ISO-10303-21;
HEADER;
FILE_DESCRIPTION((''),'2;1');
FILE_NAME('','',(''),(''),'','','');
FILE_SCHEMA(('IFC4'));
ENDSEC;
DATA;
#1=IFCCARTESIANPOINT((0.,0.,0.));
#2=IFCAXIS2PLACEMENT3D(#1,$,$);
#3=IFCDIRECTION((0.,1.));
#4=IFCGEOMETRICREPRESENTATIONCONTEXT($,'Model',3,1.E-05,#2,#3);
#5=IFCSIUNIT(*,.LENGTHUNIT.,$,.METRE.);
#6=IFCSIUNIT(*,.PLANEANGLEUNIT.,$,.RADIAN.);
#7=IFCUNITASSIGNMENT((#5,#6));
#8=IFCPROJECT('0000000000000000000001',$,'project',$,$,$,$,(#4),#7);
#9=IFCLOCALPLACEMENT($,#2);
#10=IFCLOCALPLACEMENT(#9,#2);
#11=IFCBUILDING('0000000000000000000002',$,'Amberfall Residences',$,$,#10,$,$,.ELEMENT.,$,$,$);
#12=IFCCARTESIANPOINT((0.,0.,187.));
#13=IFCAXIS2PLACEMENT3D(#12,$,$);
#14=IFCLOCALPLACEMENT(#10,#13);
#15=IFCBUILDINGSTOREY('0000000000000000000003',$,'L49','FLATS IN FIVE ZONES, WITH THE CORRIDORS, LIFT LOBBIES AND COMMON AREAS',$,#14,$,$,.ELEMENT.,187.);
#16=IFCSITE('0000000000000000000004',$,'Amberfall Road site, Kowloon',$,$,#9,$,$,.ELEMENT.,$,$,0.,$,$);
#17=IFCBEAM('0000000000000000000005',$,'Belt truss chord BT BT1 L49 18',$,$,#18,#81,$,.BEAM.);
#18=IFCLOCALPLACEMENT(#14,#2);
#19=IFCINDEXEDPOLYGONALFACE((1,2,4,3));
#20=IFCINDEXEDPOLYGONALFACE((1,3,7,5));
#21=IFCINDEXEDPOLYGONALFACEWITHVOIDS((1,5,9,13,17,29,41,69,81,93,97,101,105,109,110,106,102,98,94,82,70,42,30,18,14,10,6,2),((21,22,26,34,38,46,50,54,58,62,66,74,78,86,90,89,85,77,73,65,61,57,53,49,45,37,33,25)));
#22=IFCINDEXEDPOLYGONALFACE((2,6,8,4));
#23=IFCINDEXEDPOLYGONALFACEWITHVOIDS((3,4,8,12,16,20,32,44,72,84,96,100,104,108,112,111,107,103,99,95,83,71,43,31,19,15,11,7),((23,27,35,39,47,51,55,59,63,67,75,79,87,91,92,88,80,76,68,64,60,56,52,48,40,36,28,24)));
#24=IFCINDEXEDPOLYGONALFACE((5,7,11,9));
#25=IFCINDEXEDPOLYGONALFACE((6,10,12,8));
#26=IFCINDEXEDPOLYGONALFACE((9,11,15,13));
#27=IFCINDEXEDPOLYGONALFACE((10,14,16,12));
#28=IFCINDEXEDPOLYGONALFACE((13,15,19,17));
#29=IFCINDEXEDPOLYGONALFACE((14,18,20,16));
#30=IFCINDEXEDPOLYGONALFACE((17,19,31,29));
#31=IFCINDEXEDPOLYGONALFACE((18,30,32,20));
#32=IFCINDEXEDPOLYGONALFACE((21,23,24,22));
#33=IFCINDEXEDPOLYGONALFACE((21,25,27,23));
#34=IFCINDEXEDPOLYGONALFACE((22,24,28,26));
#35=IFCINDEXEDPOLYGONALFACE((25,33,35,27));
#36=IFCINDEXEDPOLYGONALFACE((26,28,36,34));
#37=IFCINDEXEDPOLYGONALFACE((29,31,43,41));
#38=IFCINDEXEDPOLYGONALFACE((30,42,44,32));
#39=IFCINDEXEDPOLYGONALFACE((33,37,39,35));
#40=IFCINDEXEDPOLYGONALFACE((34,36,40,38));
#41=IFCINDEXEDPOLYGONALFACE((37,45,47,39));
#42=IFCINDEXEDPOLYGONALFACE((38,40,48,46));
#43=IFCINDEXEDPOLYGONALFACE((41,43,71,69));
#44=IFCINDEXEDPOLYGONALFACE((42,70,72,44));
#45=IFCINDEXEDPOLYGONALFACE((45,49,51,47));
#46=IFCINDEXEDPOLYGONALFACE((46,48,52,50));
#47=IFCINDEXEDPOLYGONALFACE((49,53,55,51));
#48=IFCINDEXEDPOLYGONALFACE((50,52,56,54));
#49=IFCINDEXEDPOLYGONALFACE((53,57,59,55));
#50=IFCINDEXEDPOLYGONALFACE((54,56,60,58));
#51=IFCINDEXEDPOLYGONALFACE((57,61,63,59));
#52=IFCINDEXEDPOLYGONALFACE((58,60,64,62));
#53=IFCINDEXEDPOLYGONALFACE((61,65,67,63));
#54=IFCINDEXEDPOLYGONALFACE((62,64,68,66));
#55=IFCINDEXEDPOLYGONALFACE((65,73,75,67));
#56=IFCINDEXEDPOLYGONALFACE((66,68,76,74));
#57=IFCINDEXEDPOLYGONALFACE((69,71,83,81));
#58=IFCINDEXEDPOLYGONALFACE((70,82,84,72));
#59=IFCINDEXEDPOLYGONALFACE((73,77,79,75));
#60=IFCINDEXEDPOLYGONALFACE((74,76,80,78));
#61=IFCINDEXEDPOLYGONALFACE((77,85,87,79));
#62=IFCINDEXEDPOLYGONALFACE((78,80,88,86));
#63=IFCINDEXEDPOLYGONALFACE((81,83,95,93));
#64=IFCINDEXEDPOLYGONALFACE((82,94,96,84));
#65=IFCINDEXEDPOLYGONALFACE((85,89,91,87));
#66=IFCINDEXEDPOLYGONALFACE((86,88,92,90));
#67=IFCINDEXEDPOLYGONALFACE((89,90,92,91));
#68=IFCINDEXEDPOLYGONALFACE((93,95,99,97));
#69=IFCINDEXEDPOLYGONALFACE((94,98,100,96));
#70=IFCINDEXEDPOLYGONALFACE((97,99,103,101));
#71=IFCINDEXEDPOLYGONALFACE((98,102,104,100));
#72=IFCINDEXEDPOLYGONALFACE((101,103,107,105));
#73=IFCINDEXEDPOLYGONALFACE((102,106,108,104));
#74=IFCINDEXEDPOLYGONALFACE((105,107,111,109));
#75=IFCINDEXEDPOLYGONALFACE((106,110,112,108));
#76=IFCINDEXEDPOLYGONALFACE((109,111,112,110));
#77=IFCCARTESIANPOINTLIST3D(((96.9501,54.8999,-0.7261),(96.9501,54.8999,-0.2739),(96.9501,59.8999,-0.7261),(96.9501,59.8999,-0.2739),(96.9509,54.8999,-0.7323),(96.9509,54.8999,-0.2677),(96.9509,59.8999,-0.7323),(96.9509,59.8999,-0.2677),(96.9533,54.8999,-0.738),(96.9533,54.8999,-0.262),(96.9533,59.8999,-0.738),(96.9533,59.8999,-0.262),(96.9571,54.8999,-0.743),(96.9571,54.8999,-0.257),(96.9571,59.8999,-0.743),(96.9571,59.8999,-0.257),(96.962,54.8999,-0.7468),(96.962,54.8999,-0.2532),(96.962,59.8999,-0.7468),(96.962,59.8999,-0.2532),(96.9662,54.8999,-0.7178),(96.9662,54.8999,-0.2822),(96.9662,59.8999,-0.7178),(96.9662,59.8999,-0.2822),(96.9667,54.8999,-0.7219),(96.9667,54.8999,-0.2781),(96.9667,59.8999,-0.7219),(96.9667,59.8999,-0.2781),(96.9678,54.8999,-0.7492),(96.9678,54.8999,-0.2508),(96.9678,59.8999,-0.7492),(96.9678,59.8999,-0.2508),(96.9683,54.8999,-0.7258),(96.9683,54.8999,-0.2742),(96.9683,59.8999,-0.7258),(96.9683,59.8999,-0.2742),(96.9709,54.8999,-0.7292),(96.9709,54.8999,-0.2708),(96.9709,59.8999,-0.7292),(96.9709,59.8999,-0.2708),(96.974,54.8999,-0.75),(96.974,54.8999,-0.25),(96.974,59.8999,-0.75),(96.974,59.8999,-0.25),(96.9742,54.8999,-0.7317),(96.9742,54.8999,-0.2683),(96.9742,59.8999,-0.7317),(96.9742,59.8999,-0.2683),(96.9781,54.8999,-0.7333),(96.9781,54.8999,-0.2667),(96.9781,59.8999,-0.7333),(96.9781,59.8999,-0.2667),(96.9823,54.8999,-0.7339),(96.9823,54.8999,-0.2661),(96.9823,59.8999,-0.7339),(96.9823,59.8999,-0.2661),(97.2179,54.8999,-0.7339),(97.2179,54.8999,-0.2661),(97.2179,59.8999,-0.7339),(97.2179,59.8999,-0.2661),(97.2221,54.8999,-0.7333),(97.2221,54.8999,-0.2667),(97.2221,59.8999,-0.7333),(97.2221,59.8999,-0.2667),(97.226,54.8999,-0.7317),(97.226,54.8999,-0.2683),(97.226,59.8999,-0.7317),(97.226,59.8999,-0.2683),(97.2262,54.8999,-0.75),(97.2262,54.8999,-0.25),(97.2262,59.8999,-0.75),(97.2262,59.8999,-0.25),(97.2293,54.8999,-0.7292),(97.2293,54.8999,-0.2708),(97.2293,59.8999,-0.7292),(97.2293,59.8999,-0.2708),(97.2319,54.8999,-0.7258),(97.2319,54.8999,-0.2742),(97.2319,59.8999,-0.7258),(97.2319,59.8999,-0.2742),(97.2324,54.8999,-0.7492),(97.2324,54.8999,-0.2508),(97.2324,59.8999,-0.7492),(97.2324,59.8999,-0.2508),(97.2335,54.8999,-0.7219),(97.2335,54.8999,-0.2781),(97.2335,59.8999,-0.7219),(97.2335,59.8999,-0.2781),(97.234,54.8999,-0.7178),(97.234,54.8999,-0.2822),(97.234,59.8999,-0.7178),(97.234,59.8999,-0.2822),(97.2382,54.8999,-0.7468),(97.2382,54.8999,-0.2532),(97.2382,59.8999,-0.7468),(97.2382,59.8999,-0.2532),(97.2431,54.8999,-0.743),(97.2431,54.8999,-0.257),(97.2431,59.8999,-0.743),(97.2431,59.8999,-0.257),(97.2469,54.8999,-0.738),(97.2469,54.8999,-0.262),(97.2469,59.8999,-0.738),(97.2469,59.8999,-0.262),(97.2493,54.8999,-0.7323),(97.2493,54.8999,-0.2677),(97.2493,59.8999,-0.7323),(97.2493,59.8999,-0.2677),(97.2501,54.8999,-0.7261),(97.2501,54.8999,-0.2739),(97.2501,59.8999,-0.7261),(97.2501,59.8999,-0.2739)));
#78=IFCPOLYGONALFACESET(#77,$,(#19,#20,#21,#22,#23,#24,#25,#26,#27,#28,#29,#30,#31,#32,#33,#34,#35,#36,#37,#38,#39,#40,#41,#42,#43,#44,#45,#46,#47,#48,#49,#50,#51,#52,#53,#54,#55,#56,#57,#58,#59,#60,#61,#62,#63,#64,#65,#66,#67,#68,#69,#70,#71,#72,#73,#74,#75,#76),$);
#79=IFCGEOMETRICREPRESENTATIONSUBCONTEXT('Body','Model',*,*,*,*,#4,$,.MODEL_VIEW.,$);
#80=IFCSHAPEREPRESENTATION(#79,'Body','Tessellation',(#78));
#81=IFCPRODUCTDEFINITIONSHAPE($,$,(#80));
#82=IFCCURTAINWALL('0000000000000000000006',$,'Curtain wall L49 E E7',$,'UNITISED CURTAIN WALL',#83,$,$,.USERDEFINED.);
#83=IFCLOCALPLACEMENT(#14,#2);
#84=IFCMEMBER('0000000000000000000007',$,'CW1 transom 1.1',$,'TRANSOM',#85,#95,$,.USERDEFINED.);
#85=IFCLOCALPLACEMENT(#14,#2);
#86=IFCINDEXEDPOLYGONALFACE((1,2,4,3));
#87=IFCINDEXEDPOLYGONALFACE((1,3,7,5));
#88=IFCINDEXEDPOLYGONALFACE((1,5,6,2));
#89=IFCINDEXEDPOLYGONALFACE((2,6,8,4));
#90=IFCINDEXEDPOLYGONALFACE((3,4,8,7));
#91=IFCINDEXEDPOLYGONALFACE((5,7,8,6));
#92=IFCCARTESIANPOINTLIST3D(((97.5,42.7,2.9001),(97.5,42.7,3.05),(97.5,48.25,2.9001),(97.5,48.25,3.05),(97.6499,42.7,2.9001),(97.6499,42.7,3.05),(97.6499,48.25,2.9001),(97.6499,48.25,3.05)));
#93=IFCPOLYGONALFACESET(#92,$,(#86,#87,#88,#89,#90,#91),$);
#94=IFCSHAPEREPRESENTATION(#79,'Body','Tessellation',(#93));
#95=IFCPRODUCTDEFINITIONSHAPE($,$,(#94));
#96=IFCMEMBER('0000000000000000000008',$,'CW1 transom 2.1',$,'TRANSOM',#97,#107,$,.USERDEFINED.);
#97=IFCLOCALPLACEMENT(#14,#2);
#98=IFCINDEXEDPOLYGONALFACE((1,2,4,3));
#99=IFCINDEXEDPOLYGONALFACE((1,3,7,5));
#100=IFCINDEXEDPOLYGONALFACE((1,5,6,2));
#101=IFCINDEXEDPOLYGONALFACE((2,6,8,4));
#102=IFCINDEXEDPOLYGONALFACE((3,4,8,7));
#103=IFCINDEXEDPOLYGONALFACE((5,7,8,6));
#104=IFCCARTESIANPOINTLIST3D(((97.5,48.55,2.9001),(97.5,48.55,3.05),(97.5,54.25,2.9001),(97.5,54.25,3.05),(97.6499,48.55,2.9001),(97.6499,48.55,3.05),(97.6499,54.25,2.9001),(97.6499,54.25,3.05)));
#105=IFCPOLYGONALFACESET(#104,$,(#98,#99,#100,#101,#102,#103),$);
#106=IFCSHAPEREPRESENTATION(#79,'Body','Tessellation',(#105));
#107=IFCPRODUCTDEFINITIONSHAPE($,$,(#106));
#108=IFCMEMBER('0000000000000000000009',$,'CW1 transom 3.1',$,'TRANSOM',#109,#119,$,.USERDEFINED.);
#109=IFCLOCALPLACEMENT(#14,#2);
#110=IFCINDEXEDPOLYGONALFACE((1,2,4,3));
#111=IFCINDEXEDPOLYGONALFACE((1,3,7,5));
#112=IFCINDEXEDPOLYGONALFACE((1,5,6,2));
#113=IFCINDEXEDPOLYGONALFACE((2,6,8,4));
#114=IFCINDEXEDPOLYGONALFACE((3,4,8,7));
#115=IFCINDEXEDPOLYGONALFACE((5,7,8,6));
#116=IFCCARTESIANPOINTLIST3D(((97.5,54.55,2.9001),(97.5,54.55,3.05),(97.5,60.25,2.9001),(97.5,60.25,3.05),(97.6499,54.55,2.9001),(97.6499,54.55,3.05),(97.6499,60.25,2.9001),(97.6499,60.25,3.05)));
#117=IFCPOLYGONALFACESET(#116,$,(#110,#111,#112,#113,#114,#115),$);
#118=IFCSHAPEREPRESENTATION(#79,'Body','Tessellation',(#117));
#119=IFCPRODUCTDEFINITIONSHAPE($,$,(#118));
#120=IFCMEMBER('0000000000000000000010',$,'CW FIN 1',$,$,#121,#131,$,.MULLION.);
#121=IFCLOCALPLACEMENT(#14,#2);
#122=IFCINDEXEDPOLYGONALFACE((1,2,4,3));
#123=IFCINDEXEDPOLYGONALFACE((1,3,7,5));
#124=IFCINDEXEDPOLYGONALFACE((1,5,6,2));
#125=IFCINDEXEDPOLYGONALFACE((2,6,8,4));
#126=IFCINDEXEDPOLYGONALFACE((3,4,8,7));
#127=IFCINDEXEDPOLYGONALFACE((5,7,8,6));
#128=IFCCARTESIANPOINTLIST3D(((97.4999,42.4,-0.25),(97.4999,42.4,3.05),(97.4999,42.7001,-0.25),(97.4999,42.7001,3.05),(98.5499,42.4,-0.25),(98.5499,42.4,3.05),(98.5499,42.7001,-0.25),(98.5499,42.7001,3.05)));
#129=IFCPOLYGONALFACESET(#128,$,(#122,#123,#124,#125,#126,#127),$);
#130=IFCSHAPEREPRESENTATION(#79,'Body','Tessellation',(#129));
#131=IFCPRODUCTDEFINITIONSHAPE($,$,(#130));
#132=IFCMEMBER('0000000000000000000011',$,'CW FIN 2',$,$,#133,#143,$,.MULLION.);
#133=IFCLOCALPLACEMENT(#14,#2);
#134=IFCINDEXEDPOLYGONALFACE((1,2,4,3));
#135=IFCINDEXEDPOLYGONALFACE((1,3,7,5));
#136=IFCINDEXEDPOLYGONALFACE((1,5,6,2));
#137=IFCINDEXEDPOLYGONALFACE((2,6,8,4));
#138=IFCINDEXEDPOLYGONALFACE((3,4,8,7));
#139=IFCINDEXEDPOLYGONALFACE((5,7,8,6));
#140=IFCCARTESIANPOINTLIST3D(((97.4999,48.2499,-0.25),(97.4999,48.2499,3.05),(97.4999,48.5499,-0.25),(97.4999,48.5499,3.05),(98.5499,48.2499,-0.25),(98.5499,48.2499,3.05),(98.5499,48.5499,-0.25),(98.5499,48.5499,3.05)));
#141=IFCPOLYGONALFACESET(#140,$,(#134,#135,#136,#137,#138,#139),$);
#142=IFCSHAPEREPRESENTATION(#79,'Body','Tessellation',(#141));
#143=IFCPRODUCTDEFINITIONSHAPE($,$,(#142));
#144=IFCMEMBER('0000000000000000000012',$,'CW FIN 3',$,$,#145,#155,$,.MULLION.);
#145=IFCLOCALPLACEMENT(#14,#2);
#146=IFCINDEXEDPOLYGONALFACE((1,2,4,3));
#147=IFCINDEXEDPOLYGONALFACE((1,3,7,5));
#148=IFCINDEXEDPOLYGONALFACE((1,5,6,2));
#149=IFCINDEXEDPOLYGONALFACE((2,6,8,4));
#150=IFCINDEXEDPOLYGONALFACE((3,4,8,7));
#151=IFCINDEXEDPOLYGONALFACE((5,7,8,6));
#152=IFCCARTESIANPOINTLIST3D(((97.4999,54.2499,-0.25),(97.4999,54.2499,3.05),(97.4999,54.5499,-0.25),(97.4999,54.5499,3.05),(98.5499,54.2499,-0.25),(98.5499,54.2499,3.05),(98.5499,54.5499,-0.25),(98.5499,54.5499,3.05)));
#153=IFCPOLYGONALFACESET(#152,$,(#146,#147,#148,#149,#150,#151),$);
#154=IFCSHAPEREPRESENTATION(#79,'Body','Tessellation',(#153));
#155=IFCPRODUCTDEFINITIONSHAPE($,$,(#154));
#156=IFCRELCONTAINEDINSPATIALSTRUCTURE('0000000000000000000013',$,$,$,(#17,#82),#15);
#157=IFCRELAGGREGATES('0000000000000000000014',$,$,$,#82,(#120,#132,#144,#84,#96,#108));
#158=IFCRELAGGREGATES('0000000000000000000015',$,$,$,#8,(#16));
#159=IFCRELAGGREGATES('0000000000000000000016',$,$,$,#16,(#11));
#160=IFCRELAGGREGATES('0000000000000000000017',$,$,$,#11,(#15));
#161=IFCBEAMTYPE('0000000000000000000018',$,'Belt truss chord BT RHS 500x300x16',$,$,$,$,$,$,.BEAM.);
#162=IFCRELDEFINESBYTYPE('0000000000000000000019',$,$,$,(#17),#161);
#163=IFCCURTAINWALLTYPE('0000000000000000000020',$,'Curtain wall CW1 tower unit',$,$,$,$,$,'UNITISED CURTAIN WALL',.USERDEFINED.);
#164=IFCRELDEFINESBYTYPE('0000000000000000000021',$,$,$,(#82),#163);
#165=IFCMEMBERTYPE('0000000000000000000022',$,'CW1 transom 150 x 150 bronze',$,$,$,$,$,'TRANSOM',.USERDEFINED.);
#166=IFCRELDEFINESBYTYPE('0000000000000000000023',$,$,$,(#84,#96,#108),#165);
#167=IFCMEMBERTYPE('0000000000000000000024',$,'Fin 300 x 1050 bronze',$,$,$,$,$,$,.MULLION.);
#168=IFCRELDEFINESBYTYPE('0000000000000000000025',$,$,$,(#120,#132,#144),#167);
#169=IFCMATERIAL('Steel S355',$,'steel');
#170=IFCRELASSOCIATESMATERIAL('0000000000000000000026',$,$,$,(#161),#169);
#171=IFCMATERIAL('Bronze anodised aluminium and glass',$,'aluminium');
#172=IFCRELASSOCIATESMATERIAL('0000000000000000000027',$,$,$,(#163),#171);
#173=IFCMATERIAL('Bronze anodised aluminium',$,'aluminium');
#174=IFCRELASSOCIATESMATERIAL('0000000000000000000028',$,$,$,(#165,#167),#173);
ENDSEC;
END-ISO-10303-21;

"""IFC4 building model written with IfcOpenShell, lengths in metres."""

from ifc_helpers import new_model, si_unit, direction, frame, origin, origin_2d, place, context, subcontext, project, spatial, rectangle, hollow_rectangle, extrude, material, material_profile, profile_set, type_object, element, aggregate, save


model = new_model("IFC4")

# Units and contexts
model_context = context("Model", 3, precision=1e-05, world=origin(), true_north=direction((0.0, 1.0)))
body_context = subcontext(model_context, "Body", "Model", "MODEL_VIEW")
ifc_project = project(units=[si_unit("LENGTHUNIT", "METRE"), si_unit("PLANEANGLEUNIT", "RADIAN")], contexts=[model_context])

# Site, building, storey
site_placement = place(None, origin())
site = spatial("IfcSite", under=ifc_project, at=site_placement, Name="Amberfall Road site, Kowloon", CompositionType="ELEMENT", RefElevation=0.0)
building_placement = place(site_placement, origin())
building = spatial("IfcBuilding", under=site, at=building_placement, Name="Amberfall Residences", CompositionType="ELEMENT")
storey_placement = place(building_placement, frame((0.0, 0.0, 187.0)))
storey = spatial("IfcBuildingStorey", under=building, at=storey_placement, Name="L49", Description="FLATS IN FIVE ZONES, WITH THE CORRIDORS, LIFT LOBBIES AND COMMON AREAS", CompositionType="ELEMENT", Elevation=187.0)

# Beam
ifc_material_1 = material(Name="Steel S355", Category="steel")
ifc_material_profile_1 = material_profile(ifc_material_1, hollow_rectangle(XDim=0.3, YDim=0.5, WallThickness=0.0161, InnerFilletRadius=0.0161, OuterFilletRadius=0.0239, at=origin_2d()), Name="RHS 500x300x16")
ifc_profile_set_1 = profile_set([ifc_material_profile_1], Name="Steel S355")
beam_type_1 = type_object("IfcBeamType", Name="Belt truss chord BT RHS 500x300x16", PredefinedType="BEAM", material=ifc_profile_set_1)
for number, where, z_axis, x_axis, name in (
    (1, (97.1001, 54.8999, -0.5), (0.0, 1.0, 0.0), (-1.0, 0.0, 0.0), "Belt truss chord BT BT1 L49 18"),
):
    element("IfcBeam", number, at=place(storey_placement, frame(where, z_axis=z_axis, x_axis=x_axis)), inside=storey, type_object=beam_type_1, Name=name, PredefinedType="BEAM", context=body_context, shape_type="SweptSolid", body=[
        extrude(hollow_rectangle(XDim=0.3, YDim=0.5, WallThickness=0.0161, InnerFilletRadius=0.0161, OuterFilletRadius=0.0239, at=origin_2d()), origin(), (0.0, 0.0, 1.0), 5.0),
    ])

# Curtain wall, members
ifc_material_2 = material(Name="Bronze anodised aluminium and glass", Category="aluminium")
curtain_wall_type = type_object("IfcCurtainWallType", Name="Curtain wall CW1 tower unit", ElementType="UNITISED CURTAIN WALL", PredefinedType="USERDEFINED", material=ifc_material_2)
curtain_wall_placement = place(storey_placement, origin())
curtain_wall = element("IfcCurtainWall", 2, at=curtain_wall_placement, inside=storey, type_object=curtain_wall_type, Name="Curtain wall L49 E E7", ObjectType="UNITISED CURTAIN WALL", PredefinedType="USERDEFINED")
ifc_material_3 = material(Name="Bronze anodised aluminium", Category="aluminium")
ifc_material_profile_2 = material_profile(ifc_material_3, rectangle(XDim=0.1499, YDim=0.1499, at=origin_2d()), Name="CW1 transom 150 x 150 bronze")
ifc_profile_set_2 = profile_set([ifc_material_profile_2], Name="Bronze anodised aluminium")
member_type_1 = type_object("IfcMemberType", Name="CW1 transom 150 x 150 bronze", ElementType="TRANSOM", PredefinedType="USERDEFINED", material=ifc_profile_set_2)
member_1_placement = place(storey_placement, frame((97.575, 42.7, 2.9751), z_axis=(0.0, 1.0, 0.0), x_axis=(-1.0, 0.0, 0.0)))
member_1 = element("IfcMember", 3, at=member_1_placement, type_object=member_type_1, Name="CW1 transom 1.1", ObjectType="TRANSOM", PredefinedType="USERDEFINED", context=body_context, shape_type="SweptSolid", body=[
    extrude(rectangle(XDim=0.1499, YDim=0.1499, at=origin_2d()), origin(), (0.0, 0.0, 1.0), 5.55),
])
member_2_placement = place(storey_placement, frame((97.575, 48.55, 2.9751), z_axis=(0.0, 1.0, 0.0), x_axis=(-1.0, 0.0, 0.0)))
member_2 = element("IfcMember", 4, at=member_2_placement, type_object=member_type_1, Name="CW1 transom 2.1", ObjectType="TRANSOM", PredefinedType="USERDEFINED", context=body_context, shape_type="SweptSolid", body=[
    extrude(rectangle(XDim=0.1499, YDim=0.1499, at=origin_2d()), origin(), (0.0, 0.0, 1.0), 5.7),
])
member_3_placement = place(storey_placement, frame((97.575, 54.55, 2.9751), z_axis=(0.0, 1.0, 0.0), x_axis=(-1.0, 0.0, 0.0)))
member_3 = element("IfcMember", 5, at=member_3_placement, type_object=member_type_1, Name="CW1 transom 3.1", ObjectType="TRANSOM", PredefinedType="USERDEFINED", context=body_context, shape_type="SweptSolid", body=[
    extrude(rectangle(XDim=0.1499, YDim=0.1499, at=origin_2d()), origin(), (0.0, 0.0, 1.0), 5.7),
])
ifc_material_profile_3 = material_profile(ifc_material_3, rectangle(XDim=1.05, YDim=0.3, at=origin_2d()), Name="Fin 300 x 1050 bronze")
ifc_profile_set_3 = profile_set([ifc_material_profile_3], Name="Bronze anodised aluminium")
member_type_2 = type_object("IfcMemberType", Name="Fin 300 x 1050 bronze", PredefinedType="MULLION", material=ifc_profile_set_3)
member_4_placement = place(storey_placement, frame((98.0249, 42.55, -0.25), z_axis=(0.0, 0.0, 1.0), x_axis=(-1.0, 0.0, 0.0)))
member_4 = element("IfcMember", 6, at=member_4_placement, type_object=member_type_2, Name="CW FIN 1", PredefinedType="MULLION", context=body_context, shape_type="SweptSolid", body=[
    extrude(rectangle(XDim=1.05, YDim=0.3, at=origin_2d()), origin(), (0.0, 0.0, 1.0), 3.3),
])
member_5_placement = place(storey_placement, frame((98.0249, 48.3999, -0.25), z_axis=(0.0, 0.0, 1.0), x_axis=(-1.0, 0.0, 0.0)))
member_5 = element("IfcMember", 7, at=member_5_placement, type_object=member_type_2, Name="CW FIN 2", PredefinedType="MULLION", context=body_context, shape_type="SweptSolid", body=[
    extrude(rectangle(XDim=1.05, YDim=0.3, at=origin_2d()), origin(), (0.0, 0.0, 1.0), 3.3),
])
member_6_placement = place(storey_placement, frame((98.0249, 54.3999, -0.25), z_axis=(0.0, 0.0, 1.0), x_axis=(-1.0, 0.0, 0.0)))
member_6 = element("IfcMember", 8, at=member_6_placement, type_object=member_type_2, Name="CW FIN 3", PredefinedType="MULLION", context=body_context, shape_type="SweptSolid", body=[
    extrude(rectangle(XDim=1.05, YDim=0.3, at=origin_2d()), origin(), (0.0, 0.0, 1.0), 3.3),
])

aggregate(curtain_wall, [member_4, member_5, member_6, member_1, member_2, member_3])

save(model, "model.ifc")
